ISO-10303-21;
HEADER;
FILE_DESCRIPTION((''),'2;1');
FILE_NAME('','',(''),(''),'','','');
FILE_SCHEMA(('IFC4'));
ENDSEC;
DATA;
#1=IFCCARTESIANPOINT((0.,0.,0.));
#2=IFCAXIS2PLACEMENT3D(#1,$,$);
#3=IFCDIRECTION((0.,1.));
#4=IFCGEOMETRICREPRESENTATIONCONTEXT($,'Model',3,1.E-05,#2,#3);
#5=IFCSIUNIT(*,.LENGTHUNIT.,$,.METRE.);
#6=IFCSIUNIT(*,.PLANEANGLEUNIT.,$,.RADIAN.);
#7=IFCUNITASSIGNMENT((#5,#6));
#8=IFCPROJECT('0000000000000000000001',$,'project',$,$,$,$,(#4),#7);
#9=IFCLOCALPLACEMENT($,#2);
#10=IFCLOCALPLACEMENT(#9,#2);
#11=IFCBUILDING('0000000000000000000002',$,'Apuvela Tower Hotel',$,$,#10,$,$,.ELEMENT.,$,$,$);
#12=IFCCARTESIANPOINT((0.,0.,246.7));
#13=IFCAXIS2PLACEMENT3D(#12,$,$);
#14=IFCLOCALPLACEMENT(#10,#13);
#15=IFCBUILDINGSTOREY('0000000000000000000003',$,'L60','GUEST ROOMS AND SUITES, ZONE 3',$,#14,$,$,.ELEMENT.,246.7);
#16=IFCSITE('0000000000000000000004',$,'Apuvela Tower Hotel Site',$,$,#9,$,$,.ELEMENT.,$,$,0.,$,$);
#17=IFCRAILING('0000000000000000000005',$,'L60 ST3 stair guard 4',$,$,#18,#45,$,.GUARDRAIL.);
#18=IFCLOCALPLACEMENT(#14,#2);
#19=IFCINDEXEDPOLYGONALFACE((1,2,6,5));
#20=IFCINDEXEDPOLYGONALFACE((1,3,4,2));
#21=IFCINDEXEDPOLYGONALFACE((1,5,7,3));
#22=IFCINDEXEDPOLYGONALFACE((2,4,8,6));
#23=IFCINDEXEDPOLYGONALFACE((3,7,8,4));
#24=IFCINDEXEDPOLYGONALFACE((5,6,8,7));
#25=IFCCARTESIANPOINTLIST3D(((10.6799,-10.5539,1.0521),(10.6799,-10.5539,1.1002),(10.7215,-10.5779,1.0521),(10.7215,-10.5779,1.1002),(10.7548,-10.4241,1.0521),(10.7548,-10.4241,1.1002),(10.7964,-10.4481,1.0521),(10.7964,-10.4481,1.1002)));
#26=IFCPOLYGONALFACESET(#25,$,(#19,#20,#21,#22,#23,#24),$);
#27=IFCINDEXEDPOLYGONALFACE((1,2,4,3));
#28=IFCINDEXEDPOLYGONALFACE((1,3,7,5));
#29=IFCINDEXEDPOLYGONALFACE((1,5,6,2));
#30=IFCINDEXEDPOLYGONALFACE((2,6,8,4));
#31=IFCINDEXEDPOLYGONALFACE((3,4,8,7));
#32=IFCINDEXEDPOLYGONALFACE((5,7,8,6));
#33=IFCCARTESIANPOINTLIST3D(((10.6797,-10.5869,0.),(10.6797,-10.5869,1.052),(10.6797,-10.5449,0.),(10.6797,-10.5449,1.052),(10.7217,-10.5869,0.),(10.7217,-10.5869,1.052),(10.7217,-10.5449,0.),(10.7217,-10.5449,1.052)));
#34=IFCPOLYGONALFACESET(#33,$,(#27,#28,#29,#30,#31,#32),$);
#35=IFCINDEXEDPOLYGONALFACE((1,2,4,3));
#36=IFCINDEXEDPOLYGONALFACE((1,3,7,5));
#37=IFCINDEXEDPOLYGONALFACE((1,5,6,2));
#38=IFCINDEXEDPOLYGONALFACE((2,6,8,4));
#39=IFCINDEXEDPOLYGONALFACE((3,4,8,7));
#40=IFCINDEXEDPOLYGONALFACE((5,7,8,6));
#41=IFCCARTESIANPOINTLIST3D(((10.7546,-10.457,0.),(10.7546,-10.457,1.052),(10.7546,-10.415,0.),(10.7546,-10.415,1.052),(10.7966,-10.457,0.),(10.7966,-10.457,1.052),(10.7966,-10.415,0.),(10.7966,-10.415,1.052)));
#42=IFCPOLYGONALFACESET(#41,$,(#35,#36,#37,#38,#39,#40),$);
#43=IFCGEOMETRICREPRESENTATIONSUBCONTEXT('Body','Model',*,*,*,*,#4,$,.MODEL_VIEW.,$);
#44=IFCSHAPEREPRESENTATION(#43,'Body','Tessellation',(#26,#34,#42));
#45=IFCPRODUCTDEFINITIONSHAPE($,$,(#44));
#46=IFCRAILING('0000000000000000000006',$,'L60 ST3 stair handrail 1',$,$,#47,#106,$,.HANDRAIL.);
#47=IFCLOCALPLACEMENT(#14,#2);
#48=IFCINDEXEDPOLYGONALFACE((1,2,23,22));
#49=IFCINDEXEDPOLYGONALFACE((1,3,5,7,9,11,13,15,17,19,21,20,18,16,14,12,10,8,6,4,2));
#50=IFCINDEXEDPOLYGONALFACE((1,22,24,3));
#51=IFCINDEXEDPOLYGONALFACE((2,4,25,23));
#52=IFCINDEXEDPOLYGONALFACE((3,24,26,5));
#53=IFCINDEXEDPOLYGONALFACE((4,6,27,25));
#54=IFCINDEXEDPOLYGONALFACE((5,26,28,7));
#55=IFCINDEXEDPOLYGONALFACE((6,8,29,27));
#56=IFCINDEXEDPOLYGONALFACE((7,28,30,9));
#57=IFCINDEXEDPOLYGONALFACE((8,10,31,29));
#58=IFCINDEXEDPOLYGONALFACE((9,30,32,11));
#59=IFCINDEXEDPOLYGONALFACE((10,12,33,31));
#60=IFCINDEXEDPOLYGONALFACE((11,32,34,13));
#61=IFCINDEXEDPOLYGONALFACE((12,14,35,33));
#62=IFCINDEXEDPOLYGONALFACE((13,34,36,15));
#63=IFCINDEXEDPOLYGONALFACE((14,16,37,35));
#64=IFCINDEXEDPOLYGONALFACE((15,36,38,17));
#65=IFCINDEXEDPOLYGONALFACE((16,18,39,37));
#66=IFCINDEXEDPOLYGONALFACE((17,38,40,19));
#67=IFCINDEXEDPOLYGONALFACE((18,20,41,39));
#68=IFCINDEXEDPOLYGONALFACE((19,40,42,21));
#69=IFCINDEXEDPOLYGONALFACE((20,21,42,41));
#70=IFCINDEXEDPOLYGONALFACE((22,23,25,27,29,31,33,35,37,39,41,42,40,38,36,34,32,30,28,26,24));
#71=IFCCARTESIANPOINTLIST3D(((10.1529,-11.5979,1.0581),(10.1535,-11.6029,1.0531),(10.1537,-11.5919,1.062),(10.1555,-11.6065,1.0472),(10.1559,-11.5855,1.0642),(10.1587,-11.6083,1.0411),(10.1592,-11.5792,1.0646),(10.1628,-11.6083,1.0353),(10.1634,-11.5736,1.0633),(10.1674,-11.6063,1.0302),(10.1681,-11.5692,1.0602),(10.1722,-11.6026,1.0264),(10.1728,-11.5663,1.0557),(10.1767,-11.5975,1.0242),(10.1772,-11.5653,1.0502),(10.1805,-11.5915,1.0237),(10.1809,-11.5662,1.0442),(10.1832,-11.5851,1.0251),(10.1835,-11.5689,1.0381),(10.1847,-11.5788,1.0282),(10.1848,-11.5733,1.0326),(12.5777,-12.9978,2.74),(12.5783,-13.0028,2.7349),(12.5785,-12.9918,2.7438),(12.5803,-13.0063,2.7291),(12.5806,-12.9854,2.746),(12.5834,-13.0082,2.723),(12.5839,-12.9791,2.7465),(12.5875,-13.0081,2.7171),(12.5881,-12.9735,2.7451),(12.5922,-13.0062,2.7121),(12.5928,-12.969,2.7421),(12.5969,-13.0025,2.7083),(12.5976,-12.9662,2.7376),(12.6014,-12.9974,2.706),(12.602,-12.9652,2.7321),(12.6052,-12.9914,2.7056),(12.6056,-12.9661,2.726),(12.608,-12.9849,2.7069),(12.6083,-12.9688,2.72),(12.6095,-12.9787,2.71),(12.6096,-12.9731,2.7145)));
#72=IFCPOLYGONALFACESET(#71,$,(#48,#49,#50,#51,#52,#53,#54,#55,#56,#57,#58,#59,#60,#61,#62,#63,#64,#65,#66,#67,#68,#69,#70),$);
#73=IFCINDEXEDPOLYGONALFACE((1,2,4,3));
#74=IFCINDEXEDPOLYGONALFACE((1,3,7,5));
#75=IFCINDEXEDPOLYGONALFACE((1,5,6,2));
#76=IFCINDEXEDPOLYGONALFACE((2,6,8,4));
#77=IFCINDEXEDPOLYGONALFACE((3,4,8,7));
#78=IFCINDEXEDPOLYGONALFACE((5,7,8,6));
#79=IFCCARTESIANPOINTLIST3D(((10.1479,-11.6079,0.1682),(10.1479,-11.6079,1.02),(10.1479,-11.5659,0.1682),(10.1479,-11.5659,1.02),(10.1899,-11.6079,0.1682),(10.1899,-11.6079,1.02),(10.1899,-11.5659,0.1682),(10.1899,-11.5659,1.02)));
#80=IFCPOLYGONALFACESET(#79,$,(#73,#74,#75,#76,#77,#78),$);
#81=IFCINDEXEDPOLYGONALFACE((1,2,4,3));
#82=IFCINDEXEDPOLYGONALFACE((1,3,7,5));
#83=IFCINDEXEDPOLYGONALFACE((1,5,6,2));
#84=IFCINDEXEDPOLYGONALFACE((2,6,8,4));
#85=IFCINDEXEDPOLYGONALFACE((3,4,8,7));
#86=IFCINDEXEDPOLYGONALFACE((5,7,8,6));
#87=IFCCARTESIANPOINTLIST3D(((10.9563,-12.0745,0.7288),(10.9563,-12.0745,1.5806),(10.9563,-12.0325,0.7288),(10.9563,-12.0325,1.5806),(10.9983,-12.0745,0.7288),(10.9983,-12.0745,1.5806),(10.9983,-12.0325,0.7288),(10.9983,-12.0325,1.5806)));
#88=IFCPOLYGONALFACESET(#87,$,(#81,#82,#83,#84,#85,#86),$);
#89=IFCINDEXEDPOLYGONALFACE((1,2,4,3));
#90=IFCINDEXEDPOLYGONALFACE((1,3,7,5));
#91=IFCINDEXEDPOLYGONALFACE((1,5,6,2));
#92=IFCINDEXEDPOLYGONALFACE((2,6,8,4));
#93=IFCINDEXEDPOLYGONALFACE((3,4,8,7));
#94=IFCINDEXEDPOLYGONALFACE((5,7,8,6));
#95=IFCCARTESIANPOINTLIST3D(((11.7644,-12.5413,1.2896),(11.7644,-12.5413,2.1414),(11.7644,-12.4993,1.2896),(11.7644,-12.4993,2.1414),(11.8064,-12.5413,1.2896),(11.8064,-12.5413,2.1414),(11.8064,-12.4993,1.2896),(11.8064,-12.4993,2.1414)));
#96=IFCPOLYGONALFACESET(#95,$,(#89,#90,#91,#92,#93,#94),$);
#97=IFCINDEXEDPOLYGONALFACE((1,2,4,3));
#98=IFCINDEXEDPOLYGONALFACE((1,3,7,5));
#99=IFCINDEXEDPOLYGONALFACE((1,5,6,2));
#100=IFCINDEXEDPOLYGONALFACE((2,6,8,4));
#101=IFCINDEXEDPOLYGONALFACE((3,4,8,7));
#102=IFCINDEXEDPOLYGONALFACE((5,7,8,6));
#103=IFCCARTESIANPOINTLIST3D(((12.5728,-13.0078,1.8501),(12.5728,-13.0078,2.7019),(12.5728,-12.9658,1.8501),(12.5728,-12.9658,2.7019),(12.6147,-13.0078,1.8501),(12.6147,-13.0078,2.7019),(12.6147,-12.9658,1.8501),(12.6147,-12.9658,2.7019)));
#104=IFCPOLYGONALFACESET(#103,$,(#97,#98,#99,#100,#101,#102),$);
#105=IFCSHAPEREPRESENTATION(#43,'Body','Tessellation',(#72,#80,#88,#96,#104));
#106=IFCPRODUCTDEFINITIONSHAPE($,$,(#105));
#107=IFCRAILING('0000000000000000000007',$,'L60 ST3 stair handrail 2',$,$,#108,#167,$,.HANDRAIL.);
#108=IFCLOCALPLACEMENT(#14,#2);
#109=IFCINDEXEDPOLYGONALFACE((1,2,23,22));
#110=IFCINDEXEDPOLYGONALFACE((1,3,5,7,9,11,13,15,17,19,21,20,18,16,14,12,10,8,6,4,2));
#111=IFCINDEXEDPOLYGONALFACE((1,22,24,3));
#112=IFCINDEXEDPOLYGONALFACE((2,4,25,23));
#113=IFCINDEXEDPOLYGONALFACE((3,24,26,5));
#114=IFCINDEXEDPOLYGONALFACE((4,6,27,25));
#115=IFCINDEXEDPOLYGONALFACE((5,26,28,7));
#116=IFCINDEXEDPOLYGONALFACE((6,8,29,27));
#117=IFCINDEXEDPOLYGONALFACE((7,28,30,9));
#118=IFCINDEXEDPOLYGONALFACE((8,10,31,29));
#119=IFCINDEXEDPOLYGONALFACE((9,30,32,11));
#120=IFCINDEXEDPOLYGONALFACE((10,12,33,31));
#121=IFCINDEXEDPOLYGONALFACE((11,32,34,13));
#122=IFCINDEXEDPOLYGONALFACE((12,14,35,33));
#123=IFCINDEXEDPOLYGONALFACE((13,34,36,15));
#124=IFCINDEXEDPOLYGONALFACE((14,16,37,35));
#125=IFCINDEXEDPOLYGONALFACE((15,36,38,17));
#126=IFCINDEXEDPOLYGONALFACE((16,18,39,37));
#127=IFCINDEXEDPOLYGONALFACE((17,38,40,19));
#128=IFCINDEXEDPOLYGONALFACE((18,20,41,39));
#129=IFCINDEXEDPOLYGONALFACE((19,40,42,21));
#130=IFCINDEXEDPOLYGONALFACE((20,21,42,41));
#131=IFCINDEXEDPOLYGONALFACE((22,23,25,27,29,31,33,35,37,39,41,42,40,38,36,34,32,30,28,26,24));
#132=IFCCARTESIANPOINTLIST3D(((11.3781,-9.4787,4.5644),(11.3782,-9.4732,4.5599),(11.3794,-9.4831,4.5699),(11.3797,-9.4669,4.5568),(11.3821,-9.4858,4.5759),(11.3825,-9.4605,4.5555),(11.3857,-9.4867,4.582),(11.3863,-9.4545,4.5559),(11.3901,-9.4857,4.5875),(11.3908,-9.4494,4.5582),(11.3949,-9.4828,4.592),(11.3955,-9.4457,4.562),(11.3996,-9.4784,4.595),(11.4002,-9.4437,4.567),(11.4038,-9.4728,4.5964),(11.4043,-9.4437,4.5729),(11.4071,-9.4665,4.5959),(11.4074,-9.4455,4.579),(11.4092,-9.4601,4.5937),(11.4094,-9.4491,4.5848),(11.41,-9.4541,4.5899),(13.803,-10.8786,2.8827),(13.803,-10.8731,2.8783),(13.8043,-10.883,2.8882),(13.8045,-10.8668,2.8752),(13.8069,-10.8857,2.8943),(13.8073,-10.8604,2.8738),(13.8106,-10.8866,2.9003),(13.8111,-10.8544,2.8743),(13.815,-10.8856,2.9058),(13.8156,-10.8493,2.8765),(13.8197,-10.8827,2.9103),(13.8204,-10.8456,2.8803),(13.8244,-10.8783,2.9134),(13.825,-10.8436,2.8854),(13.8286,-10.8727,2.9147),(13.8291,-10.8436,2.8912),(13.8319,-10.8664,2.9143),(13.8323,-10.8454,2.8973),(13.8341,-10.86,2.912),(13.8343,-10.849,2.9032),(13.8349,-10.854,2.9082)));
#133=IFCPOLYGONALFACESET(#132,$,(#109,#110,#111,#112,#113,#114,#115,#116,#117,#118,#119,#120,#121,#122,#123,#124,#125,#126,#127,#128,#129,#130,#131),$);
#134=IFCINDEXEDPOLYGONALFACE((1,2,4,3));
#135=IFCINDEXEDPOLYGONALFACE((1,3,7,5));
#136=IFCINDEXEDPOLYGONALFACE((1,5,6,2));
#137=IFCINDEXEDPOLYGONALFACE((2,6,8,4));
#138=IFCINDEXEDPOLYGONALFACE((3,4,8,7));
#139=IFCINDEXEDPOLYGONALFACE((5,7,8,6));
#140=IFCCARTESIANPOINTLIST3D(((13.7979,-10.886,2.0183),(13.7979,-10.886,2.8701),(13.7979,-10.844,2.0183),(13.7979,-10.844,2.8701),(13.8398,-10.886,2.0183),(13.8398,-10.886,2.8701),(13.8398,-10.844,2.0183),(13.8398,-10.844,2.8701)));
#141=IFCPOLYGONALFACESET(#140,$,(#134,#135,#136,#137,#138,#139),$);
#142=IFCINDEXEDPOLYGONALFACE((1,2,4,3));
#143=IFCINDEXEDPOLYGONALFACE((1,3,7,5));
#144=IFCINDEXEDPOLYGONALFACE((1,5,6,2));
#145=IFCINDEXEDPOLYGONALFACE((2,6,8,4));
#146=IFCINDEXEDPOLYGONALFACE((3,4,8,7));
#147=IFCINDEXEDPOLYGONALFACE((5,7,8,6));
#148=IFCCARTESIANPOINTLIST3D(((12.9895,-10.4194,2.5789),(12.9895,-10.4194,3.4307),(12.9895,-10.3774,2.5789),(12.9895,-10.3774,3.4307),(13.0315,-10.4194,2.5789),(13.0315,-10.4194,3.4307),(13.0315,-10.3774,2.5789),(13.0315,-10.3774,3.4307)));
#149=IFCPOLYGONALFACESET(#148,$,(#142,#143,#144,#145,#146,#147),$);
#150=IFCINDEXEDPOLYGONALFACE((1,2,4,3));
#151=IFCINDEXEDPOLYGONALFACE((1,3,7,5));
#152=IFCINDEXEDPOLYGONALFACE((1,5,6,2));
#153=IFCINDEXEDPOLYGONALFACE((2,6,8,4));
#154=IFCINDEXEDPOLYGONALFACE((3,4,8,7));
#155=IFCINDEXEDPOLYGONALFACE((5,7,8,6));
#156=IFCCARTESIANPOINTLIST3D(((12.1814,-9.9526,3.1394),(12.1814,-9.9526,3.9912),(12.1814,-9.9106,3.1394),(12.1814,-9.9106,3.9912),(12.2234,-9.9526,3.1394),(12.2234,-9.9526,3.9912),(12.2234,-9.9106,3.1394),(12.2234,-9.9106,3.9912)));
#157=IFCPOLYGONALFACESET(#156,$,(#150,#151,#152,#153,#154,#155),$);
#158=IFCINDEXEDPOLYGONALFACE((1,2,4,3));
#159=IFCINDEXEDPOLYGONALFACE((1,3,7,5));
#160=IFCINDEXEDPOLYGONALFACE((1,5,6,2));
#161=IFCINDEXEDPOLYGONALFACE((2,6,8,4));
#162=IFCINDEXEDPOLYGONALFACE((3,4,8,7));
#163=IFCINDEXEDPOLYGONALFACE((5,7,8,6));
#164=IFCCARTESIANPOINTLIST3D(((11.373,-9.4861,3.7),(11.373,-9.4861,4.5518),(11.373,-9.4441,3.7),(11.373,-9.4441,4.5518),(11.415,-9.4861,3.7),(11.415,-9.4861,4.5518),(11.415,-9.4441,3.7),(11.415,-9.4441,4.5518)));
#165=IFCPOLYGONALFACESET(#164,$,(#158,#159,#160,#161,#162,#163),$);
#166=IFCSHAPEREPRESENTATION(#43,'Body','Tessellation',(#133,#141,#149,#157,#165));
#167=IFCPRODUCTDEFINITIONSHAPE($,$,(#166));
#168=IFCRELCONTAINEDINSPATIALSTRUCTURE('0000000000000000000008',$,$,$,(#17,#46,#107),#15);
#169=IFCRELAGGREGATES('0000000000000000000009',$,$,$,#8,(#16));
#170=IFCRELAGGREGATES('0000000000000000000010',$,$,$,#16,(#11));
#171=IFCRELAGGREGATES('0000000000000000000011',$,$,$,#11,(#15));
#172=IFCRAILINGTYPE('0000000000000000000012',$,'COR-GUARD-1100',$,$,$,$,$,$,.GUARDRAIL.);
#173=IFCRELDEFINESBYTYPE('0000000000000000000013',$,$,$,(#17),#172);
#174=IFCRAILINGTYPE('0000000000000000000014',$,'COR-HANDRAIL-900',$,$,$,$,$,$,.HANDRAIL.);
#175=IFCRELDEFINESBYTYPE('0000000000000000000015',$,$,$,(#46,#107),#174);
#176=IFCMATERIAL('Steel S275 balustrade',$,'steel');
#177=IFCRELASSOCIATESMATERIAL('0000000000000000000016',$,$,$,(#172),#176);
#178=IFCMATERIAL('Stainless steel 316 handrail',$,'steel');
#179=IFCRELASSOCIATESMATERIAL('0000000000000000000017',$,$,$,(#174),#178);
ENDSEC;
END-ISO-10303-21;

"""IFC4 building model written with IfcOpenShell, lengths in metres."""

from ifc_helpers import new_model, si_unit, direction, frame, origin, origin_2d, place, context, subcontext, project, spatial, rectangle, circle, extrude, material, type_object, element, save


model = new_model("IFC4")

# Units and contexts
model_context = context("Model", 3, precision=1e-05, world=origin(), true_north=direction((0.0, 1.0)))
body_context = subcontext(model_context, "Body", "Model", "MODEL_VIEW")
ifc_project = project(units=[si_unit("LENGTHUNIT", "METRE"), si_unit("PLANEANGLEUNIT", "RADIAN")], contexts=[model_context])

# Site, building, storey
site_placement = place(None, origin())
site = spatial("IfcSite", under=ifc_project, at=site_placement, Name="Apuvela Tower Hotel Site", CompositionType="ELEMENT", RefElevation=0.0)
building_placement = place(site_placement, origin())
building = spatial("IfcBuilding", under=site, at=building_placement, Name="Apuvela Tower Hotel", CompositionType="ELEMENT")
storey_placement = place(building_placement, frame((0.0, 0.0, 246.7)))
storey = spatial("IfcBuildingStorey", under=building, at=storey_placement, Name="L60", Description="GUEST ROOMS AND SUITES, ZONE 3", CompositionType="ELEMENT", Elevation=246.7)

# Railings
ifc_material_1 = material(Name="Steel S275 balustrade", Category="steel")
railing_type_1 = type_object("IfcRailingType", Name="COR-GUARD-1100", PredefinedType="GUARDRAIL", material=ifc_material_1)
railing_1_placement = place(storey_placement, frame((10.7007, -10.5659, 0.0)))
element("IfcRailing", 1, at=railing_1_placement, inside=storey, type_object=railing_type_1, Name="L60 ST3 stair guard 4", PredefinedType="GUARDRAIL", context=body_context, shape_type="SweptSolid", body=[
    extrude(rectangle(XDim=0.0481, YDim=0.0481, at=origin_2d()), frame((0.0, 0.0, 1.0762), z_axis=(0.499816, 0.866131, 0.0), x_axis=(-0.866131, 0.499816, 0.0)), (0.0, 0.0, 1.0), 0.1499),
    extrude(rectangle(XDim=0.042, YDim=0.042, at=origin_2d()), origin(), (0.0, 0.0, 1.0), 1.052),
    extrude(rectangle(XDim=0.042, YDim=0.042, at=origin_2d()), frame((0.075, 0.1299, 0.0)), (0.0, 0.0, 1.0), 1.052),
])
ifc_material_2 = material(Name="Stainless steel 316 handrail", Category="steel")
railing_type_2 = type_object("IfcRailingType", Name="COR-HANDRAIL-900", PredefinedType="HANDRAIL", material=ifc_material_2)
railing_2_placement = place(storey_placement, frame((10.1689, -11.5869, 0.1682)))
element("IfcRailing", 2, at=railing_2_placement, inside=storey, type_object=railing_type_2, Name="L60 ST3 stair handrail 1", PredefinedType="HANDRAIL", context=body_context, shape_type="SweptSolid", body=[
    extrude(circle(Radius=0.0239, at=origin_2d()), frame((0.0, 0.0, 0.876), z_axis=(0.74239, -0.428601, 0.514934), x_axis=(0.499984, 0.866035, 0.0)), (0.0, 0.0, 1.0), 3.2661),
    extrude(rectangle(XDim=0.042, YDim=0.042, at=origin_2d()), origin(), (0.0, 0.0, 1.0), 0.8518),
    extrude(rectangle(XDim=0.042, YDim=0.042, at=origin_2d()), frame((0.8083, -0.4666, 0.5605)), (0.0, 0.0, 1.0), 0.8518),
    extrude(rectangle(XDim=0.042, YDim=0.042, at=origin_2d()), frame((1.6165, -0.9333, 1.1213)), (0.0, 0.0, 1.0), 0.8518),
    extrude(rectangle(XDim=0.042, YDim=0.042, at=origin_2d()), frame((2.4248, -1.3999, 1.6819)), (0.0, 0.0, 1.0), 0.8518),
])
railing_3_placement = place(storey_placement, frame((13.8188, -10.865, 2.0183)))
element("IfcRailing", 3, at=railing_3_placement, inside=storey, type_object=railing_type_2, Name="L60 ST3 stair handrail 2", PredefinedType="HANDRAIL", context=body_context, shape_type="SweptSolid", body=[
    extrude(circle(Radius=0.0239, at=origin_2d()), frame((0.0, 0.0, 0.876), z_axis=(-0.742419, 0.428618, 0.514879), x_axis=(-0.499984, -0.866035, 0.0)), (0.0, 0.0, 1.0), 3.2661),
    extrude(rectangle(XDim=0.042, YDim=0.042, at=origin_2d()), origin(), (0.0, 0.0, 1.0), 0.8518),
    extrude(rectangle(XDim=0.042, YDim=0.042, at=origin_2d()), frame((-0.8083, 0.4666, 0.5605)), (0.0, 0.0, 1.0), 0.8518),
    extrude(rectangle(XDim=0.042, YDim=0.042, at=origin_2d()), frame((-1.6165, 0.9333, 1.1211)), (0.0, 0.0, 1.0), 0.8518),
    extrude(rectangle(XDim=0.042, YDim=0.042, at=origin_2d()), frame((-2.4248, 1.3999, 1.6816)), (0.0, 0.0, 1.0), 0.8518),
])

save(model, "model.ifc")
